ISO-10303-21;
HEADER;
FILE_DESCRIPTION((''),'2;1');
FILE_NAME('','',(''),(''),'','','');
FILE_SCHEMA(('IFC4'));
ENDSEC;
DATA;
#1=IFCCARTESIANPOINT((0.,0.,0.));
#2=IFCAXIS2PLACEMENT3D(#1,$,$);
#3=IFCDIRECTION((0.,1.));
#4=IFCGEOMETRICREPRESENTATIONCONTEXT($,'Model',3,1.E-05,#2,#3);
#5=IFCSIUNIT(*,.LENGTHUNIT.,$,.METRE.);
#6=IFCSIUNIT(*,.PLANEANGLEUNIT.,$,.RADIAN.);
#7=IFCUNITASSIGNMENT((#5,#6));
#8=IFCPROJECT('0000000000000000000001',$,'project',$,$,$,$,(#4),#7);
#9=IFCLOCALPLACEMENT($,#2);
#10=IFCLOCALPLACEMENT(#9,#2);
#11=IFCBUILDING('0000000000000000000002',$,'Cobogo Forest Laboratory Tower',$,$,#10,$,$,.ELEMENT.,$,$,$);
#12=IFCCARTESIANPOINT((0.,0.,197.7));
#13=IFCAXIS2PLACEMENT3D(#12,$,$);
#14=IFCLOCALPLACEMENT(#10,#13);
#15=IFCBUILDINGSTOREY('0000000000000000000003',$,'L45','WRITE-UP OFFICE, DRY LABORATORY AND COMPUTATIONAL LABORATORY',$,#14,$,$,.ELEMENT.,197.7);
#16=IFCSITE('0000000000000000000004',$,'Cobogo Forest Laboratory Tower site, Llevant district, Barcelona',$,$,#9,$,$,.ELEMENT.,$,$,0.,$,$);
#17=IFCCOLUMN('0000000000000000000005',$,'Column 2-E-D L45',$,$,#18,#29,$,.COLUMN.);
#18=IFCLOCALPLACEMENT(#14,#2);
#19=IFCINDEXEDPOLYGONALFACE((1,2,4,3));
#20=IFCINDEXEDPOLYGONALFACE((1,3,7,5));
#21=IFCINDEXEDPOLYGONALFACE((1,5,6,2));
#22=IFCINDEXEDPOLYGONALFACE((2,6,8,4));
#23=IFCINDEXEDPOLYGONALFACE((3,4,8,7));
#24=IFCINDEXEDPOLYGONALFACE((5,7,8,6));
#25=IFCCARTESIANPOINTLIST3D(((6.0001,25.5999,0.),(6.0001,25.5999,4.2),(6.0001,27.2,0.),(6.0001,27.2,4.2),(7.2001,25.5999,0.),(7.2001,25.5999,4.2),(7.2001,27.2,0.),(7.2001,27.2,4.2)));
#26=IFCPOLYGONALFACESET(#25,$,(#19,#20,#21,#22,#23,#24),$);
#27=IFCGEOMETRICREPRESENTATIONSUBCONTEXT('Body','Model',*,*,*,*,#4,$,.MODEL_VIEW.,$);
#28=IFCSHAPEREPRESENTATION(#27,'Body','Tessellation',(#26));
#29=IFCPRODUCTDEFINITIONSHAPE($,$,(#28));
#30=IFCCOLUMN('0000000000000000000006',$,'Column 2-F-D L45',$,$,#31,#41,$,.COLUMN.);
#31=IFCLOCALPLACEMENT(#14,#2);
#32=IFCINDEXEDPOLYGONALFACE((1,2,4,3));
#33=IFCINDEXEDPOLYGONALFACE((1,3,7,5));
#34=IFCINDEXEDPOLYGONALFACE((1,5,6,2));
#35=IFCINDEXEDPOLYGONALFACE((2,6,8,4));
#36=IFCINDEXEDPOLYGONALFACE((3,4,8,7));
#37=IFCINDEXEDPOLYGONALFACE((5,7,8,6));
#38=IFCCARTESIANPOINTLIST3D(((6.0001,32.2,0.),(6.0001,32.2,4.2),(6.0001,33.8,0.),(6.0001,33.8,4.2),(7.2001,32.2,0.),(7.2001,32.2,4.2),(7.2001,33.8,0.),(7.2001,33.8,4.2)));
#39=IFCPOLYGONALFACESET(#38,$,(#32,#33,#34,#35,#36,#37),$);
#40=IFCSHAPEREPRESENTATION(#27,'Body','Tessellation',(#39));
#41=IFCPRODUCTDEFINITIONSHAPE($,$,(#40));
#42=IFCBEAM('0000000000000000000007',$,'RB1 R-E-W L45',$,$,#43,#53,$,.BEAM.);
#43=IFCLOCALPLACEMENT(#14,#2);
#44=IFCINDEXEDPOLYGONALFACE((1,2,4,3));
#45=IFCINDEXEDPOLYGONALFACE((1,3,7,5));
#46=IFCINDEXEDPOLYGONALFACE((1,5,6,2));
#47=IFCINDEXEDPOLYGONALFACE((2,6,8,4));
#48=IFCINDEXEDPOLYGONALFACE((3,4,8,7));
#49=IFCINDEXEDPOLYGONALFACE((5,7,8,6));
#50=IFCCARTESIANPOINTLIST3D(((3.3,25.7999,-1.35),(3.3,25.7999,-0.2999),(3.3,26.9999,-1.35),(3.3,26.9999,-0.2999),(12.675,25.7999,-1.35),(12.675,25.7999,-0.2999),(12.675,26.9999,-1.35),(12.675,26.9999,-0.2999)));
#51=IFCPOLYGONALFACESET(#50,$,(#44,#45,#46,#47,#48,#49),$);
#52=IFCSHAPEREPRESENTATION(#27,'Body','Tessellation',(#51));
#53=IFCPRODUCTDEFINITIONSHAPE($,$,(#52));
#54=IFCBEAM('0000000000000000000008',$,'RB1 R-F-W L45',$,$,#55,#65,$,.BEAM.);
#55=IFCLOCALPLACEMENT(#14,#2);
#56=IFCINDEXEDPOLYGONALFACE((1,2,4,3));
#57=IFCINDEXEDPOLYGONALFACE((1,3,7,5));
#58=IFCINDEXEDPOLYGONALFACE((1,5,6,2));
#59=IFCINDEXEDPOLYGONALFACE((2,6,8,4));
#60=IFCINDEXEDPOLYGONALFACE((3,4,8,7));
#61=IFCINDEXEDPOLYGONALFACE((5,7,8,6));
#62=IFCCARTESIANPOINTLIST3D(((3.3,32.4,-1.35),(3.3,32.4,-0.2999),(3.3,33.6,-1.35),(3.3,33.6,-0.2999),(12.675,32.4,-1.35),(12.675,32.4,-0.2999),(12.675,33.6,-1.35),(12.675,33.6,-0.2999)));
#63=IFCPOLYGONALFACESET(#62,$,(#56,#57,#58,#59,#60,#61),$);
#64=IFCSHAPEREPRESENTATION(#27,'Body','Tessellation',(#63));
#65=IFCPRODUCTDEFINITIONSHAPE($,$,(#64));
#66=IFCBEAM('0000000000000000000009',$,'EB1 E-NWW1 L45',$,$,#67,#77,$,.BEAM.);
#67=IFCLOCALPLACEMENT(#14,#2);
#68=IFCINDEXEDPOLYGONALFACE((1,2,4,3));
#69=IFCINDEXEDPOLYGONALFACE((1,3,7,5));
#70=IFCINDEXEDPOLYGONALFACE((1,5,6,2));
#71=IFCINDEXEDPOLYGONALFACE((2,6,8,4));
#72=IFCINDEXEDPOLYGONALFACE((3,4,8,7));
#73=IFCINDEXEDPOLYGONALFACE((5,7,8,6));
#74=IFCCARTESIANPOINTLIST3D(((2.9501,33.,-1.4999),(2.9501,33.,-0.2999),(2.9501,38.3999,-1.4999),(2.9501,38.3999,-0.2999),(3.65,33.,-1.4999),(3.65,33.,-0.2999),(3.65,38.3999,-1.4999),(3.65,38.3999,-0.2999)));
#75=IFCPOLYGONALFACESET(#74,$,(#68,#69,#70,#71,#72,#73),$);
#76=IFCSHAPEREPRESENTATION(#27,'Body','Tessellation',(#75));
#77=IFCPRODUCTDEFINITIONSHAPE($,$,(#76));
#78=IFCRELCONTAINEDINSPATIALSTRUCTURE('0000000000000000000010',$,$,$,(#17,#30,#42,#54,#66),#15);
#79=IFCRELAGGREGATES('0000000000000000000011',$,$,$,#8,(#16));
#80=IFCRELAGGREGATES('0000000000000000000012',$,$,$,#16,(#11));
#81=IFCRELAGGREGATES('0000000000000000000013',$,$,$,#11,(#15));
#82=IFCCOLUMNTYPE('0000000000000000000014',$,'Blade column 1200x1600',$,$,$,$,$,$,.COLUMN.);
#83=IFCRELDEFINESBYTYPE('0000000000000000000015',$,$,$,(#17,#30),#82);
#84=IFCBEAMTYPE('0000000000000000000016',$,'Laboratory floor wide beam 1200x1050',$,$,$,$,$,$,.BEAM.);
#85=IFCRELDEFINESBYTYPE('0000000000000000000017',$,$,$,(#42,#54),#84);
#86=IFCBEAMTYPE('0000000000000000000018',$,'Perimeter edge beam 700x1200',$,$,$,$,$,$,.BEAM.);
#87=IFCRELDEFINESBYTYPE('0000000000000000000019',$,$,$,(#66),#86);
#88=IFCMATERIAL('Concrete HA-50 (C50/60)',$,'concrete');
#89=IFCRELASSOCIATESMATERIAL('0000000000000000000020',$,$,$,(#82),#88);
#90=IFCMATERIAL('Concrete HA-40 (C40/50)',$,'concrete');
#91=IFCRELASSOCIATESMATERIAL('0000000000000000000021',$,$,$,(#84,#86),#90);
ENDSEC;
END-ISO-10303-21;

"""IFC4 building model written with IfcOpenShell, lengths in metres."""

from ifc_helpers import new_model, si_unit, direction, frame, origin, origin_2d, place, context, subcontext, project, spatial, rectangle, extrude, material, material_profile, profile_set, type_object, element, save


model = new_model("IFC4")

# Units and contexts
model_context = context("Model", 3, precision=1e-05, world=origin(), true_north=direction((0.0, 1.0)))
body_context = subcontext(model_context, "Body", "Model", "MODEL_VIEW")
ifc_project = project(units=[si_unit("LENGTHUNIT", "METRE"), si_unit("PLANEANGLEUNIT", "RADIAN")], contexts=[model_context])

# Site, building, storey
site_placement = place(None, origin())
site = spatial("IfcSite", under=ifc_project, at=site_placement, Name="Cobogo Forest Laboratory Tower site, Llevant district, Barcelona", CompositionType="ELEMENT", RefElevation=0.0)
building_placement = place(site_placement, origin())
building = spatial("IfcBuilding", under=site, at=building_placement, Name="Cobogo Forest Laboratory Tower", CompositionType="ELEMENT")
storey_placement = place(building_placement, frame((0.0, 0.0, 197.7)))
storey = spatial("IfcBuildingStorey", under=building, at=storey_placement, Name="L45", Description="WRITE-UP OFFICE, DRY LABORATORY AND COMPUTATIONAL LABORATORY", CompositionType="ELEMENT", Elevation=197.7)

# Columns
ifc_material_1 = material(Name="Concrete HA-50 (C50/60)", Category="concrete")
ifc_material_profile_1 = material_profile(ifc_material_1, rectangle(XDim=1.6001, YDim=1.2, at=origin_2d()), Name="RC 1200x1600")
ifc_profile_set_1 = profile_set([ifc_material_profile_1], Name="Concrete HA-50 (C50/60)")
column_type = type_object("IfcColumnType", Name="Blade column 1200x1600", PredefinedType="COLUMN", material=ifc_profile_set_1)
for number, where, z_axis, x_axis, name in (
    (1, (6.6001, 26.3999, 0.0), (0.0, 0.0, 1.0), (0.0, 1.0, 0.0), "Column 2-E-D L45"),
    (2, (6.6001, 33.0, 0.0), (0.0, 0.0, 1.0), (0.0, 1.0, 0.0), "Column 2-F-D L45"),
):
    element("IfcColumn", number, at=place(storey_placement, frame(where, z_axis=z_axis, x_axis=x_axis)), inside=storey, type_object=column_type, Name=name, PredefinedType="COLUMN", context=body_context, shape_type="SweptSolid", body=[
        extrude(rectangle(XDim=1.6001, YDim=1.2, at=origin_2d()), origin(), (0.0, 0.0, 1.0), 4.2),
    ])

# Beams
ifc_material_2 = material(Name="Concrete HA-40 (C40/50)", Category="concrete")
ifc_material_profile_2 = material_profile(ifc_material_2, rectangle(XDim=1.2, YDim=1.05, at=origin_2d()), Name="RC 1200x1050")
ifc_profile_set_2 = profile_set([ifc_material_profile_2], Name="Concrete HA-40 (C40/50)")
beam_type_1 = type_object("IfcBeamType", Name="Laboratory floor wide beam 1200x1050", PredefinedType="BEAM", material=ifc_profile_set_2)
for number, where, z_axis, x_axis, name in (
    (3, (12.675, 26.3999, -0.825), (-1.0, 0.0, 0.0), (0.0, -1.0, 0.0), "RB1 R-E-W L45"),
    (4, (12.675, 33.0, -0.825), (-1.0, 0.0, 0.0), (0.0, -1.0, 0.0), "RB1 R-F-W L45"),
):
    element("IfcBeam", number, at=place(storey_placement, frame(where, z_axis=z_axis, x_axis=x_axis)), inside=storey, type_object=beam_type_1, Name=name, PredefinedType="BEAM", context=body_context, shape_type="SweptSolid", body=[
        extrude(rectangle(XDim=1.2, YDim=1.05, at=origin_2d()), origin(), (0.0, 0.0, 1.0), 9.375),
    ])
ifc_material_profile_3 = material_profile(ifc_material_2, rectangle(XDim=0.7, YDim=1.2, at=origin_2d()), Name="RC 700x1200")
ifc_profile_set_3 = profile_set([ifc_material_profile_3], Name="Concrete HA-40 (C40/50)")
beam_type_2 = type_object("IfcBeamType", Name="Perimeter edge beam 700x1200", PredefinedType="BEAM", material=ifc_profile_set_3)
beam_placement = place(storey_placement, frame((3.3, 33.0, -0.8999), z_axis=(0.0, 1.0, 0.0), x_axis=(-1.0, 0.0, 0.0)))
element("IfcBeam", 5, at=beam_placement, inside=storey, type_object=beam_type_2, Name="EB1 E-NWW1 L45", PredefinedType="BEAM", context=body_context, shape_type="SweptSolid", body=[
    extrude(rectangle(XDim=0.7, YDim=1.2, at=origin_2d()), origin(), (0.0, 0.0, 1.0), 5.3999),
])

save(model, "model.ifc")
